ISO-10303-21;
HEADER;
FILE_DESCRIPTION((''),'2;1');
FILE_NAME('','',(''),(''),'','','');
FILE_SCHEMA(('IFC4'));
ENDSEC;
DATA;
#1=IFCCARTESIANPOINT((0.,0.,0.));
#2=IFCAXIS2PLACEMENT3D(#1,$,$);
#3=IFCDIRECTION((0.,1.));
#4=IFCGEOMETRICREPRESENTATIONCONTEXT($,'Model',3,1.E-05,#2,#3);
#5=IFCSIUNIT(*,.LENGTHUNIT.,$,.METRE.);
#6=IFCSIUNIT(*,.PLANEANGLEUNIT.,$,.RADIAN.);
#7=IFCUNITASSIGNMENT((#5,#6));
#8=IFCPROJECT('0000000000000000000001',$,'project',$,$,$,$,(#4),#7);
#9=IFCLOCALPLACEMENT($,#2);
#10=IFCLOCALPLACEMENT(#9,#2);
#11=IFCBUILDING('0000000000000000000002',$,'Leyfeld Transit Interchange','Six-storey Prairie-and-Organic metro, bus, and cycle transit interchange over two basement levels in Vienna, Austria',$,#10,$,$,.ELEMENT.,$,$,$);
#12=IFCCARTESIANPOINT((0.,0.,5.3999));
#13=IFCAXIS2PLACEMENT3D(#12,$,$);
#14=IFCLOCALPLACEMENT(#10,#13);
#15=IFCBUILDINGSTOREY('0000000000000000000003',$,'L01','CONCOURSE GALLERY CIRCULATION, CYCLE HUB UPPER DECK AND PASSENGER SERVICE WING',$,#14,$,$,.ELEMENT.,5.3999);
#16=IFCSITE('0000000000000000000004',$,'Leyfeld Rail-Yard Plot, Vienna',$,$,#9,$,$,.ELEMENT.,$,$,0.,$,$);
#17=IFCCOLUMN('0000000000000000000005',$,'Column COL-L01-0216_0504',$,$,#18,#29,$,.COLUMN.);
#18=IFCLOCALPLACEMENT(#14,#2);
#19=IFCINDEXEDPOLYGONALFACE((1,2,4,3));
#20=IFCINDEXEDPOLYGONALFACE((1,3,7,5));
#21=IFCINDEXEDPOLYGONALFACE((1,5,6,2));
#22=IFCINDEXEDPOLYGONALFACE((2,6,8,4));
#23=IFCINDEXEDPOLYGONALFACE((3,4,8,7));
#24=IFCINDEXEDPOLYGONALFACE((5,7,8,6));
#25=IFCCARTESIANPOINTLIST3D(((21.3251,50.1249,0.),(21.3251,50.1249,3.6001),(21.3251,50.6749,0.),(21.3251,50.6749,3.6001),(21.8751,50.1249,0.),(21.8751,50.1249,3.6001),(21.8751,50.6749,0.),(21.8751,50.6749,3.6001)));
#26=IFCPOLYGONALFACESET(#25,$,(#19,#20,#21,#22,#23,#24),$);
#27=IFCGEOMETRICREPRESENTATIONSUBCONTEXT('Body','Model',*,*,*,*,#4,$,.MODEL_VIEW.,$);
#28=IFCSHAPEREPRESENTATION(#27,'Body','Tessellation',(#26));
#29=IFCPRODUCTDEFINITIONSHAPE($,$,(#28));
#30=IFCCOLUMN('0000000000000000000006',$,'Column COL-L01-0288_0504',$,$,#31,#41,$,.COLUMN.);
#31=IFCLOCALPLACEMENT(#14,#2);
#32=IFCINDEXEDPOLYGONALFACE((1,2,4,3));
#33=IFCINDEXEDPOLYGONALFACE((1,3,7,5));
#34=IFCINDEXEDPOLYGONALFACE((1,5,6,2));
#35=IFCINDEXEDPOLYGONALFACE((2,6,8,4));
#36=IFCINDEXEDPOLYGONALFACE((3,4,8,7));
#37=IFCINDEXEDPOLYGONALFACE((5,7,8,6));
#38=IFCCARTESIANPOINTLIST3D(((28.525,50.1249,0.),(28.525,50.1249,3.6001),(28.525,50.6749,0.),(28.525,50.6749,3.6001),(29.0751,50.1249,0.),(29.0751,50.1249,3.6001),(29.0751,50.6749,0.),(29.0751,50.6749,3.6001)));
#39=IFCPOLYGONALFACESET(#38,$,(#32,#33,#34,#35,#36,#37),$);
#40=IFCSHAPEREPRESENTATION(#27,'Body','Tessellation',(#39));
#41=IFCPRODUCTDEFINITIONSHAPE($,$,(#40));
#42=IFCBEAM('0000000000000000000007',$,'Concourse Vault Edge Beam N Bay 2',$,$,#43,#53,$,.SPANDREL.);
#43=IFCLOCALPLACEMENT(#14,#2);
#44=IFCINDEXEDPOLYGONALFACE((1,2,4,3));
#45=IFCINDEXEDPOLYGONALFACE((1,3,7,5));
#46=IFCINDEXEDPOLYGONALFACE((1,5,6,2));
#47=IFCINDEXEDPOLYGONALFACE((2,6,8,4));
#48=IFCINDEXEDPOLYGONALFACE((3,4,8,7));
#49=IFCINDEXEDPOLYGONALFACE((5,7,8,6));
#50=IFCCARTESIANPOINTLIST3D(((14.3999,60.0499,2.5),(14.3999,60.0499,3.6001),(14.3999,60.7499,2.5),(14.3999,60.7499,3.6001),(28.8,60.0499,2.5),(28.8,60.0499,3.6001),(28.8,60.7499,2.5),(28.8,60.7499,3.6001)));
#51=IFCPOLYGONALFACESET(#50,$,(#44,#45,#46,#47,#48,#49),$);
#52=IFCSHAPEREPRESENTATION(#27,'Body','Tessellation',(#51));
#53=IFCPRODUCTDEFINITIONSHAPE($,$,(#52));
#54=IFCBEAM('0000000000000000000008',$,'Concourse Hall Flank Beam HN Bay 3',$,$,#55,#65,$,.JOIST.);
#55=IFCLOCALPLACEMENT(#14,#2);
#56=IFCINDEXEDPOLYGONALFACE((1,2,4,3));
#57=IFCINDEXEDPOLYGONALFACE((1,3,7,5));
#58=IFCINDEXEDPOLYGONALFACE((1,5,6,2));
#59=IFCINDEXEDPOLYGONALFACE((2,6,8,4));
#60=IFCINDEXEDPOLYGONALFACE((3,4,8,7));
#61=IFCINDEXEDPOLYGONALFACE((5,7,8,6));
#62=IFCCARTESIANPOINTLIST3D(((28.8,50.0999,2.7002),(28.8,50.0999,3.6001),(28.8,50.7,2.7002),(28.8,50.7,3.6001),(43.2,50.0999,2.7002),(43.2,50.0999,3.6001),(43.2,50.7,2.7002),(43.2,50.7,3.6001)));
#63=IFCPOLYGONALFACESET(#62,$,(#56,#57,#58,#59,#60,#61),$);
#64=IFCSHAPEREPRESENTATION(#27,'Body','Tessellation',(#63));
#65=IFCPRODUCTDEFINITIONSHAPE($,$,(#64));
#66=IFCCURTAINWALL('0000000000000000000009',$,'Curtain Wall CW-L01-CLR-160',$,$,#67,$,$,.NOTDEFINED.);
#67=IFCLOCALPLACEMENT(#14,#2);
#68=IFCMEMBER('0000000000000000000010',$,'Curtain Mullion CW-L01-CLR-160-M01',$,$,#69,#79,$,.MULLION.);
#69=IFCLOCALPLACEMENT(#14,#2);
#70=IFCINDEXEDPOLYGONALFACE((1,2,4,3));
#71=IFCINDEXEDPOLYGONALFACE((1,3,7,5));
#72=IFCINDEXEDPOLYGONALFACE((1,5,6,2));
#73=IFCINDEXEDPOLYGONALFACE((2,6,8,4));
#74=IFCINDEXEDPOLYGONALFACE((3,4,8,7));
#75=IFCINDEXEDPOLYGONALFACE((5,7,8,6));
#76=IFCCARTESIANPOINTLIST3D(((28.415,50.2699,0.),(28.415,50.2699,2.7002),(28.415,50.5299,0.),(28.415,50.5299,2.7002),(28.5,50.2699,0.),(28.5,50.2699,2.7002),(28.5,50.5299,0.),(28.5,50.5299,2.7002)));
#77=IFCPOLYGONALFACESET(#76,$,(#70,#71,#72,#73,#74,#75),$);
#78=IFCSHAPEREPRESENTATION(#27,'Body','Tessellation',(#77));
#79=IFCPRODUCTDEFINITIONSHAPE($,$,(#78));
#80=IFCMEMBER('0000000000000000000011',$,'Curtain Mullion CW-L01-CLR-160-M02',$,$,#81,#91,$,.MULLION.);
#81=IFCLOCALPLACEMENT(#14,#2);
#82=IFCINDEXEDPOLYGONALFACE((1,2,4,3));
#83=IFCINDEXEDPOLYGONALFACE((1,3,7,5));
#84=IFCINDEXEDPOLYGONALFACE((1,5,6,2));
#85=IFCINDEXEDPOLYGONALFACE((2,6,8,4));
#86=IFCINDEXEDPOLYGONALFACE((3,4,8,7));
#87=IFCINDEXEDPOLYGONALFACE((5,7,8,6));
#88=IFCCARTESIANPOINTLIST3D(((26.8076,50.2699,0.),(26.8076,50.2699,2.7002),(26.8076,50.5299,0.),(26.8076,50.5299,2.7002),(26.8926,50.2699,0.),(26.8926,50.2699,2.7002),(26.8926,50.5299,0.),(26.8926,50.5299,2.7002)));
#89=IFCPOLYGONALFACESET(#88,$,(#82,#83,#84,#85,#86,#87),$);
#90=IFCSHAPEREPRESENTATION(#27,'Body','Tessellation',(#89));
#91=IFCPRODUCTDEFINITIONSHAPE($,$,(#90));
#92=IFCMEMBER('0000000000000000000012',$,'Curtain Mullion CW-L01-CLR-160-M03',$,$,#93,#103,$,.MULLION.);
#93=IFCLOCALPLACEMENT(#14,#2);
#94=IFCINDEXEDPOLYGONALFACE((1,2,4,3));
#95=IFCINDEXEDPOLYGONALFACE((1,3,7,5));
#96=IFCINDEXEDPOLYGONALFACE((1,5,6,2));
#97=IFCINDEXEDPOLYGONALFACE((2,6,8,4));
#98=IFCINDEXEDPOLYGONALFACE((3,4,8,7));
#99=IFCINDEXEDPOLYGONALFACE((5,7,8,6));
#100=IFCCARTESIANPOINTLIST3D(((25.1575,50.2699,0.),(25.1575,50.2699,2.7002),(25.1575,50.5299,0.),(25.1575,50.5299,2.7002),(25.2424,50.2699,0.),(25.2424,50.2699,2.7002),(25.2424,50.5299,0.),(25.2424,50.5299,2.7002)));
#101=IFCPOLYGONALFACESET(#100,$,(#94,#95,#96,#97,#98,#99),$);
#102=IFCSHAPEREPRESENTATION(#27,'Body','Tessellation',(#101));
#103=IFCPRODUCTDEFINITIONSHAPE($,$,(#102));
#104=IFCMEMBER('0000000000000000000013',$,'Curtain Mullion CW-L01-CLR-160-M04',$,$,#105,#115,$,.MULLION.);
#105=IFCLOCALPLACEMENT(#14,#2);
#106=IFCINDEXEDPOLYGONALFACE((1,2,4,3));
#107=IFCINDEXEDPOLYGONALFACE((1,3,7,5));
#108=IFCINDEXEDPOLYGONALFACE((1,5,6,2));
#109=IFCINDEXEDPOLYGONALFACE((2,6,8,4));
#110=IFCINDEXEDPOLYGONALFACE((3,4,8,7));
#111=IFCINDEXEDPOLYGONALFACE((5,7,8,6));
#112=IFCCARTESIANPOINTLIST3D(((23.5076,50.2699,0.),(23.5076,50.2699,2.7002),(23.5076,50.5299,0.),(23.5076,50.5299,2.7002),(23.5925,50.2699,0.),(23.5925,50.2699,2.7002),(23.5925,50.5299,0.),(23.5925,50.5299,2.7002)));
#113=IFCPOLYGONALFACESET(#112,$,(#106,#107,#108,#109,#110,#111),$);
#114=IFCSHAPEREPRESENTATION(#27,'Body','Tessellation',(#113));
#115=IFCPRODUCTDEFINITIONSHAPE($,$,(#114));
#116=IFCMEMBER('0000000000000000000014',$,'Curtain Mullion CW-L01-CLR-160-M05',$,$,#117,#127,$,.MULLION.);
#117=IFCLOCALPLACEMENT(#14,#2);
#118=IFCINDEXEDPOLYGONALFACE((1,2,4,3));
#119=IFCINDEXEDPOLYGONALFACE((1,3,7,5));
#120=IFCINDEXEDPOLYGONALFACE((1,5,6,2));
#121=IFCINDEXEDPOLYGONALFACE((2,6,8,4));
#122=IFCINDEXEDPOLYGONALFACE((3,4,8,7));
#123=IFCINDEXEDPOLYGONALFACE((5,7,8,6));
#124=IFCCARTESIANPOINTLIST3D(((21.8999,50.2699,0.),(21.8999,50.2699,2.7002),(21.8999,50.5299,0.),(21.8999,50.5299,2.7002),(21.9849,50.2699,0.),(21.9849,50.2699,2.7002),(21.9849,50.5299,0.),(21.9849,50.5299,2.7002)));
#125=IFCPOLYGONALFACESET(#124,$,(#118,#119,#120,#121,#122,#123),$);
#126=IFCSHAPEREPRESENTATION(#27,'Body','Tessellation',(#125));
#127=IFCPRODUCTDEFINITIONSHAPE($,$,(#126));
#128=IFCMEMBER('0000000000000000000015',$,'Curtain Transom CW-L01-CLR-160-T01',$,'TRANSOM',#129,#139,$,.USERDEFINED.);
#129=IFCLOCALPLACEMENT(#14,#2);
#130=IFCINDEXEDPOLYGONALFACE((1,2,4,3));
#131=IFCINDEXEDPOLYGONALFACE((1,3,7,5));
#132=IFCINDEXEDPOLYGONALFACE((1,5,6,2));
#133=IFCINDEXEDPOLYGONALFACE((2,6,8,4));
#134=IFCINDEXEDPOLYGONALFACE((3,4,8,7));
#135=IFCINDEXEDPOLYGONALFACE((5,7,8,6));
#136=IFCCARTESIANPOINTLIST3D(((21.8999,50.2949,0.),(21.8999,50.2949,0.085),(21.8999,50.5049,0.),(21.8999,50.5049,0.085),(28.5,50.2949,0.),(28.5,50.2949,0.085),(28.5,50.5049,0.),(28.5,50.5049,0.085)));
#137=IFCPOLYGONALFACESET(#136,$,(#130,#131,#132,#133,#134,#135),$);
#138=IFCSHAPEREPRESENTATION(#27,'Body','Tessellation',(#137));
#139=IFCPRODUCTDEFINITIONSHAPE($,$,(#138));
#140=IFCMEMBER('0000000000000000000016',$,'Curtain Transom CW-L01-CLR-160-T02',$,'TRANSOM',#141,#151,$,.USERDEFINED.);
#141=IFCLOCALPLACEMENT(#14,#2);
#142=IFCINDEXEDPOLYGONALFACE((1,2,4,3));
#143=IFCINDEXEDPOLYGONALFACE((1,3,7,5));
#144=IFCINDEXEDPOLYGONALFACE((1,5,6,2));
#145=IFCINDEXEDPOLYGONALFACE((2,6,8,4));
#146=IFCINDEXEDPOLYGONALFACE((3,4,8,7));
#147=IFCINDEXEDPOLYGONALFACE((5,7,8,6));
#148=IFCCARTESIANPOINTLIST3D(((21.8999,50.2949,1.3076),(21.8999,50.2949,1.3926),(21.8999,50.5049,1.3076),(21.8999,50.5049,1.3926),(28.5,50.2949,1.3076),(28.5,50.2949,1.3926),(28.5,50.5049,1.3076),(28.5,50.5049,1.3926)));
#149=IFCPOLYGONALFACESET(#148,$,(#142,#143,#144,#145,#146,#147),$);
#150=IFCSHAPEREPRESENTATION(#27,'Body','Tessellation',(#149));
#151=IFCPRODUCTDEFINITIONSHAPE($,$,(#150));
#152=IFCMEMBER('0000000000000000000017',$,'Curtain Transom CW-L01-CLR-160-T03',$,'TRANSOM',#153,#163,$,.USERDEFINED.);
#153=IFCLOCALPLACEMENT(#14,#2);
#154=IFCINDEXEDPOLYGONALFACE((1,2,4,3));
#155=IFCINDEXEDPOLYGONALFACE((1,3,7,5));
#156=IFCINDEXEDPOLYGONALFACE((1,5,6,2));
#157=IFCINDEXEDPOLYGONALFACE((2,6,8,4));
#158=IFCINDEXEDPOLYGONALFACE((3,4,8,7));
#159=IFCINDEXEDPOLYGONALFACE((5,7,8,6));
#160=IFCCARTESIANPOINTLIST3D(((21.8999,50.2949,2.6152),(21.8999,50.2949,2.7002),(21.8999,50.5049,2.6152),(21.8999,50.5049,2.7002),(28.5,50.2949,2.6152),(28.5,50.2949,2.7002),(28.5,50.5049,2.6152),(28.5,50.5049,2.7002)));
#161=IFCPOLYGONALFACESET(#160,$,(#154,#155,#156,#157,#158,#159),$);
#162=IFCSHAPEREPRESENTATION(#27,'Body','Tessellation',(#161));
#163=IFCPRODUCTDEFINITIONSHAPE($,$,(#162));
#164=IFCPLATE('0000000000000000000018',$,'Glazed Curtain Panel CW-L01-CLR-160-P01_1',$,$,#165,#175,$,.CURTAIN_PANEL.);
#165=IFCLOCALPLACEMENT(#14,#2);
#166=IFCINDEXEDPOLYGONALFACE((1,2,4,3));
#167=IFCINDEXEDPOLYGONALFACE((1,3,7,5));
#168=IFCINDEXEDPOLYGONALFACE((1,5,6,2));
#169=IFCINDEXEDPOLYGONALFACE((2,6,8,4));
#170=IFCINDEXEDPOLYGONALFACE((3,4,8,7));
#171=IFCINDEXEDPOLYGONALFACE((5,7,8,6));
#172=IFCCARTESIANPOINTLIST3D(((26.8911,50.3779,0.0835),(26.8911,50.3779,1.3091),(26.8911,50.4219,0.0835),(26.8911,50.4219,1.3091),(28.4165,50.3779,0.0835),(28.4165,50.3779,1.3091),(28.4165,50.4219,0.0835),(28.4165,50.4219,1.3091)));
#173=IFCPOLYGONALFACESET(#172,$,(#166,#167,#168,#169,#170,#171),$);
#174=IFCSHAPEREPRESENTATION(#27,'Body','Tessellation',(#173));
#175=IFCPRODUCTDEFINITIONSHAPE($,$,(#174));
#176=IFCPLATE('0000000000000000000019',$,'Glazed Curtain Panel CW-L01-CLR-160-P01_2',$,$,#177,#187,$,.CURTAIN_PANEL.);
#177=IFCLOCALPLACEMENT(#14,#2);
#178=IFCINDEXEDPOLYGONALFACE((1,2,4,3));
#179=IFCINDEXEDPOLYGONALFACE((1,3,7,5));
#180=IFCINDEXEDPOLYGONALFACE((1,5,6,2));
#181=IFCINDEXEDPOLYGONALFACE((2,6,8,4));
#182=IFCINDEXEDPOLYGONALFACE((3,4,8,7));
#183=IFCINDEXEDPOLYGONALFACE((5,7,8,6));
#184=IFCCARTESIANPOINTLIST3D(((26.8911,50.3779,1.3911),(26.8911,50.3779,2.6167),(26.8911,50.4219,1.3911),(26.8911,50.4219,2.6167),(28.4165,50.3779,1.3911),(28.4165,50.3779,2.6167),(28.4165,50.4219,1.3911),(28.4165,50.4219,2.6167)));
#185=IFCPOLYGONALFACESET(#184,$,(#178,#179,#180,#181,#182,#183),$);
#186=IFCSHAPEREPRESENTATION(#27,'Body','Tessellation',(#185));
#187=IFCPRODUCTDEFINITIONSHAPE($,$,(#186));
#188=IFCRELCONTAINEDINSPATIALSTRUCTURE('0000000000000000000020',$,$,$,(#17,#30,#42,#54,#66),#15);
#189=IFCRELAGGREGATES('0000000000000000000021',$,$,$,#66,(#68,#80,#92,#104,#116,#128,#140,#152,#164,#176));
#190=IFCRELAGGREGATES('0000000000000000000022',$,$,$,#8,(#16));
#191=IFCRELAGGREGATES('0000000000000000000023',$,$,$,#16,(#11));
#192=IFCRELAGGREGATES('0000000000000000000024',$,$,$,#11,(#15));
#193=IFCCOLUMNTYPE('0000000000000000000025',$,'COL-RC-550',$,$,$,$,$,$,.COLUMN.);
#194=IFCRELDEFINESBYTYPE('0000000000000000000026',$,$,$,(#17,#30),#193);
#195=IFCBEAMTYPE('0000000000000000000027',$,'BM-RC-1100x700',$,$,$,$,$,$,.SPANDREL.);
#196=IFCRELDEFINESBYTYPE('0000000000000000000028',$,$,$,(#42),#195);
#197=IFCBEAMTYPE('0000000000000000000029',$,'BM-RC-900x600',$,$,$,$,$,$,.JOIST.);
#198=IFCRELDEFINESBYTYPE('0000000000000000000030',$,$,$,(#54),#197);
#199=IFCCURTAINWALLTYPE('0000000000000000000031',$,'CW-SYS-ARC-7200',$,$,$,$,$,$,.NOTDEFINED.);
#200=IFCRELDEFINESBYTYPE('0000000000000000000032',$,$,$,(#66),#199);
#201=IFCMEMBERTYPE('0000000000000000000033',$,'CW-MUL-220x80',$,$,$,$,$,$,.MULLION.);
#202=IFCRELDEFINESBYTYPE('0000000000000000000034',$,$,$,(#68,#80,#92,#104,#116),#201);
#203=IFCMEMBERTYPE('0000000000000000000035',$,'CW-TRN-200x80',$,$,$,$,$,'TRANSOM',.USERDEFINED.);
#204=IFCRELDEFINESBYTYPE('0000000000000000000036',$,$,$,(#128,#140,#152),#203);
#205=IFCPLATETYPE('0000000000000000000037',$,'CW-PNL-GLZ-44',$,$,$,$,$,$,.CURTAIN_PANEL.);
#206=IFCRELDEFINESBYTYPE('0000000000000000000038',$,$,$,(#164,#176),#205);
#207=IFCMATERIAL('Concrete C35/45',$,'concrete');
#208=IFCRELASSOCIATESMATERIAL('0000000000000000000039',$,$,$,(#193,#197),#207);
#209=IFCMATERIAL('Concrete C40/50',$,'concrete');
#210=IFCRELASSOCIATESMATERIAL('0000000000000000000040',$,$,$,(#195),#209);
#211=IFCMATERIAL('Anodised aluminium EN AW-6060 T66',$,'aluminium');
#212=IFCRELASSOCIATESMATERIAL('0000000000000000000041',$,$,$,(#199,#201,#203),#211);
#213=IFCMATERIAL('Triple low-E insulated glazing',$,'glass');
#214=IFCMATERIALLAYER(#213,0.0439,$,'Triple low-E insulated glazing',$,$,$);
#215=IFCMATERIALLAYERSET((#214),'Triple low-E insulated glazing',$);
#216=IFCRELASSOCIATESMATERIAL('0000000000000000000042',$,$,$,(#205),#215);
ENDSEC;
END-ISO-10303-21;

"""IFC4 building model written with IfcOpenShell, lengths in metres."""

from ifc_helpers import new_model, si_unit, direction, frame, origin, origin_2d, place, context, subcontext, project, spatial, rectangle, extrude, material, layer, layer_set, material_profile, profile_set, type_object, element, aggregate, save


model = new_model("IFC4")

# Units and contexts
model_context = context("Model", 3, precision=1e-05, world=origin(), true_north=direction((0.0, 1.0)))
body_context = subcontext(model_context, "Body", "Model", "MODEL_VIEW")
ifc_project = project(units=[si_unit("LENGTHUNIT", "METRE"), si_unit("PLANEANGLEUNIT", "RADIAN")], contexts=[model_context])

# Site, building, storey
site_placement = place(None, origin())
site = spatial("IfcSite", under=ifc_project, at=site_placement, Name="Leyfeld Rail-Yard Plot, Vienna", CompositionType="ELEMENT", RefElevation=0.0)
building_placement = place(site_placement, origin())
building = spatial("IfcBuilding", under=site, at=building_placement, Name="Leyfeld Transit Interchange", Description="Six-storey Prairie-and-Organic metro, bus, and cycle transit interchange over two basement levels in Vienna, Austria", CompositionType="ELEMENT")
storey_placement = place(building_placement, frame((0.0, 0.0, 5.3999)))
storey = spatial("IfcBuildingStorey", under=building, at=storey_placement, Name="L01", Description="CONCOURSE GALLERY CIRCULATION, CYCLE HUB UPPER DECK AND PASSENGER SERVICE WING", CompositionType="ELEMENT", Elevation=5.3999)

# Columns
ifc_material_1 = material(Name="Concrete C35/45", Category="concrete")
ifc_material_profile_1 = material_profile(ifc_material_1, rectangle(XDim=0.55, YDim=0.55, at=origin_2d()), Name="RC 550x550")
ifc_profile_set_1 = profile_set([ifc_material_profile_1], Name="Concrete C35/45")
column_type = type_object("IfcColumnType", Name="COL-RC-550", PredefinedType="COLUMN", material=ifc_profile_set_1)
for number, where, z_axis, x_axis, name in (
    (1, (21.6001, 50.3999, 0.0), (0.0, 0.0, 1.0), (1.0, 0.0, 0.0), "Column COL-L01-0216_0504"),
    (2, (28.8, 50.3999, 0.0), (0.0, 0.0, 1.0), (1.0, 0.0, 0.0), "Column COL-L01-0288_0504"),
):
    element("IfcColumn", number, at=place(storey_placement, frame(where, z_axis=z_axis, x_axis=x_axis)), inside=storey, type_object=column_type, Name=name, PredefinedType="COLUMN", context=body_context, shape_type="SweptSolid", body=[
        extrude(rectangle(XDim=0.55, YDim=0.55, at=origin_2d()), origin(), (0.0, 0.0, 1.0), 3.6001),
    ])

# Beams
ifc_material_2 = material(Name="Concrete C40/50", Category="concrete")
ifc_material_profile_2 = material_profile(ifc_material_2, rectangle(XDim=0.7, YDim=1.1001, at=origin_2d()), Name="RC 1100x700")
ifc_profile_set_2 = profile_set([ifc_material_profile_2], Name="Concrete C40/50")
beam_type_1 = type_object("IfcBeamType", Name="BM-RC-1100x700", PredefinedType="SPANDREL", material=ifc_profile_set_2)
beam_1_placement = place(storey_placement, frame((14.3999, 60.3999, 3.05), z_axis=(1.0, 0.0, 0.0), x_axis=(0.0, 1.0, 0.0)))
element("IfcBeam", 3, at=beam_1_placement, inside=storey, type_object=beam_type_1, Name="Concourse Vault Edge Beam N Bay 2", PredefinedType="SPANDREL", context=body_context, shape_type="SweptSolid", body=[
    extrude(rectangle(XDim=0.7, YDim=1.1001, at=origin_2d()), origin(), (0.0, 0.0, 1.0), 14.4001),
])
ifc_material_profile_3 = material_profile(ifc_material_1, rectangle(XDim=0.6001, YDim=0.8999, at=origin_2d()), Name="RC 900x600")
ifc_profile_set_3 = profile_set([ifc_material_profile_3], Name="Concrete C35/45")
beam_type_2 = type_object("IfcBeamType", Name="BM-RC-900x600", PredefinedType="JOIST", material=ifc_profile_set_3)
beam_2_placement = place(storey_placement, frame((28.8, 50.3999, 3.1501), z_axis=(1.0, 0.0, 0.0), x_axis=(0.0, 1.0, 0.0)))
element("IfcBeam", 4, at=beam_2_placement, inside=storey, type_object=beam_type_2, Name="Concourse Hall Flank Beam HN Bay 3", PredefinedType="JOIST", context=body_context, shape_type="SweptSolid", body=[
    extrude(rectangle(XDim=0.6001, YDim=0.8999, at=origin_2d()), origin(), (0.0, 0.0, 1.0), 14.3999),
])

# Curtain wall, members, plates
ifc_material_3 = material(Name="Anodised aluminium EN AW-6060 T66", Category="aluminium")
curtain_wall_type = type_object("IfcCurtainWallType", Name="CW-SYS-ARC-7200", PredefinedType="NOTDEFINED", material=ifc_material_3)
curtain_wall_placement = place(storey_placement, origin())
curtain_wall = element("IfcCurtainWall", 5, at=curtain_wall_placement, inside=storey, type_object=curtain_wall_type, Name="Curtain Wall CW-L01-CLR-160", PredefinedType="NOTDEFINED")
ifc_material_profile_4 = material_profile(ifc_material_3, rectangle(XDim=0.085, YDim=0.26, at=origin_2d()), Name="CW-M 85x260")
ifc_profile_set_4 = profile_set([ifc_material_profile_4], Name="Anodised aluminium EN AW-6060 T66")
member_type_1 = type_object("IfcMemberType", Name="CW-MUL-220x80", PredefinedType="MULLION", material=ifc_profile_set_4)
member_1_placement = place(storey_placement, frame((28.4575, 50.3999, 0.0), z_axis=(0.0, 0.0, 1.0), x_axis=(-1.0, 0.0, 0.0)))
member_1 = element("IfcMember", 6, at=member_1_placement, type_object=member_type_1, Name="Curtain Mullion CW-L01-CLR-160-M01", PredefinedType="MULLION", context=body_context, shape_type="SweptSolid", body=[
    extrude(rectangle(XDim=0.085, YDim=0.26, at=origin_2d()), origin(), (0.0, 0.0, 1.0), 2.7002),
])
member_2_placement = place(storey_placement, frame((26.8501, 50.3999, 0.0), z_axis=(0.0, 0.0, 1.0), x_axis=(-1.0, 0.0, 0.0)))
member_2 = element("IfcMember", 7, at=member_2_placement, type_object=member_type_1, Name="Curtain Mullion CW-L01-CLR-160-M02", PredefinedType="MULLION", context=body_context, shape_type="SweptSolid", body=[
    extrude(rectangle(XDim=0.085, YDim=0.26, at=origin_2d()), origin(), (0.0, 0.0, 1.0), 2.7002),
])
member_3_placement = place(storey_placement, frame((25.2, 50.3999, 0.0), z_axis=(0.0, 0.0, 1.0), x_axis=(-1.0, 0.0, 0.0)))
member_3 = element("IfcMember", 8, at=member_3_placement, type_object=member_type_1, Name="Curtain Mullion CW-L01-CLR-160-M03", PredefinedType="MULLION", context=body_context, shape_type="SweptSolid", body=[
    extrude(rectangle(XDim=0.085, YDim=0.26, at=origin_2d()), origin(), (0.0, 0.0, 1.0), 2.7002),
])
member_4_placement = place(storey_placement, frame((23.55, 50.3999, 0.0), z_axis=(0.0, 0.0, 1.0), x_axis=(-1.0, 0.0, 0.0)))
member_4 = element("IfcMember", 9, at=member_4_placement, type_object=member_type_1, Name="Curtain Mullion CW-L01-CLR-160-M04", PredefinedType="MULLION", context=body_context, shape_type="SweptSolid", body=[
    extrude(rectangle(XDim=0.085, YDim=0.26, at=origin_2d()), origin(), (0.0, 0.0, 1.0), 2.7002),
])
member_5_placement = place(storey_placement, frame((21.9424, 50.3999, 0.0), z_axis=(0.0, 0.0, 1.0), x_axis=(-1.0, 0.0, 0.0)))
member_5 = element("IfcMember", 10, at=member_5_placement, type_object=member_type_1, Name="Curtain Mullion CW-L01-CLR-160-M05", PredefinedType="MULLION", context=body_context, shape_type="SweptSolid", body=[
    extrude(rectangle(XDim=0.085, YDim=0.26, at=origin_2d()), origin(), (0.0, 0.0, 1.0), 2.7002),
])
ifc_material_profile_5 = material_profile(ifc_material_3, rectangle(XDim=0.21, YDim=0.085, at=origin_2d()), Name="CW-TRN-200x80")
ifc_profile_set_5 = profile_set([ifc_material_profile_5], Name="Anodised aluminium EN AW-6060 T66")
member_type_2 = type_object("IfcMemberType", Name="CW-TRN-200x80", ElementType="TRANSOM", PredefinedType="USERDEFINED", material=ifc_profile_set_5)
member_6_placement = place(storey_placement, frame((28.5, 50.3999, 0.0425), z_axis=(-1.0, 0.0, 0.0), x_axis=(0.0, -1.0, 0.0)))
member_6 = element("IfcMember", 11, at=member_6_placement, type_object=member_type_2, Name="Curtain Transom CW-L01-CLR-160-T01", ObjectType="TRANSOM", PredefinedType="USERDEFINED", context=body_context, shape_type="SweptSolid", body=[
    extrude(rectangle(XDim=0.21, YDim=0.085, at=origin_2d()), origin(), (0.0, 0.0, 1.0), 6.6001),
])
member_7_placement = place(storey_placement, frame((28.5, 50.3999, 1.3501), z_axis=(-1.0, 0.0, 0.0), x_axis=(0.0, -1.0, 0.0)))
member_7 = element("IfcMember", 12, at=member_7_placement, type_object=member_type_2, Name="Curtain Transom CW-L01-CLR-160-T02", ObjectType="TRANSOM", PredefinedType="USERDEFINED", context=body_context, shape_type="SweptSolid", body=[
    extrude(rectangle(XDim=0.21, YDim=0.085, at=origin_2d()), origin(), (0.0, 0.0, 1.0), 6.6001),
])
member_8_placement = place(storey_placement, frame((28.5, 50.3999, 2.6577), z_axis=(-1.0, 0.0, 0.0), x_axis=(0.0, -1.0, 0.0)))
member_8 = element("IfcMember", 13, at=member_8_placement, type_object=member_type_2, Name="Curtain Transom CW-L01-CLR-160-T03", ObjectType="TRANSOM", PredefinedType="USERDEFINED", context=body_context, shape_type="SweptSolid", body=[
    extrude(rectangle(XDim=0.21, YDim=0.085, at=origin_2d()), origin(), (0.0, 0.0, 1.0), 6.6001),
])
ifc_material_4 = material(Name="Triple low-E insulated glazing", Category="glass")
ifc_layer_1 = layer(ifc_material_4, 0.0439, Name="Triple low-E insulated glazing")
ifc_layer_set_1 = layer_set([ifc_layer_1], Name="Triple low-E insulated glazing")
plate_type = type_object("IfcPlateType", Name="CW-PNL-GLZ-44", PredefinedType="CURTAIN_PANEL", material=ifc_layer_set_1)
plate_1_placement = place(storey_placement, frame((27.6538, 50.3999, 0.0835), z_axis=(0.0, 0.0, 1.0), x_axis=(-1.0, 0.0, 0.0)))
plate_1 = element("IfcPlate", 14, at=plate_1_placement, type_object=plate_type, Name="Glazed Curtain Panel CW-L01-CLR-160-P01_1", PredefinedType="CURTAIN_PANEL", context=body_context, shape_type="SweptSolid", body=[
    extrude(rectangle(XDim=1.5254, YDim=0.0439, at=origin_2d()), origin(), (0.0, 0.0, 1.0), 1.2256),
])
plate_2_placement = place(storey_placement, frame((27.6538, 50.3999, 1.3911), z_axis=(0.0, 0.0, 1.0), x_axis=(-1.0, 0.0, 0.0)))
plate_2 = element("IfcPlate", 15, at=plate_2_placement, type_object=plate_type, Name="Glazed Curtain Panel CW-L01-CLR-160-P01_2", PredefinedType="CURTAIN_PANEL", context=body_context, shape_type="SweptSolid", body=[
    extrude(rectangle(XDim=1.5254, YDim=0.0439, at=origin_2d()), origin(), (0.0, 0.0, 1.0), 1.2256),
])
aggregate(curtain_wall, [member_1, member_2, member_3, member_4, member_5, member_6, member_7, member_8, plate_1, plate_2])

save(model, "model.ifc")
